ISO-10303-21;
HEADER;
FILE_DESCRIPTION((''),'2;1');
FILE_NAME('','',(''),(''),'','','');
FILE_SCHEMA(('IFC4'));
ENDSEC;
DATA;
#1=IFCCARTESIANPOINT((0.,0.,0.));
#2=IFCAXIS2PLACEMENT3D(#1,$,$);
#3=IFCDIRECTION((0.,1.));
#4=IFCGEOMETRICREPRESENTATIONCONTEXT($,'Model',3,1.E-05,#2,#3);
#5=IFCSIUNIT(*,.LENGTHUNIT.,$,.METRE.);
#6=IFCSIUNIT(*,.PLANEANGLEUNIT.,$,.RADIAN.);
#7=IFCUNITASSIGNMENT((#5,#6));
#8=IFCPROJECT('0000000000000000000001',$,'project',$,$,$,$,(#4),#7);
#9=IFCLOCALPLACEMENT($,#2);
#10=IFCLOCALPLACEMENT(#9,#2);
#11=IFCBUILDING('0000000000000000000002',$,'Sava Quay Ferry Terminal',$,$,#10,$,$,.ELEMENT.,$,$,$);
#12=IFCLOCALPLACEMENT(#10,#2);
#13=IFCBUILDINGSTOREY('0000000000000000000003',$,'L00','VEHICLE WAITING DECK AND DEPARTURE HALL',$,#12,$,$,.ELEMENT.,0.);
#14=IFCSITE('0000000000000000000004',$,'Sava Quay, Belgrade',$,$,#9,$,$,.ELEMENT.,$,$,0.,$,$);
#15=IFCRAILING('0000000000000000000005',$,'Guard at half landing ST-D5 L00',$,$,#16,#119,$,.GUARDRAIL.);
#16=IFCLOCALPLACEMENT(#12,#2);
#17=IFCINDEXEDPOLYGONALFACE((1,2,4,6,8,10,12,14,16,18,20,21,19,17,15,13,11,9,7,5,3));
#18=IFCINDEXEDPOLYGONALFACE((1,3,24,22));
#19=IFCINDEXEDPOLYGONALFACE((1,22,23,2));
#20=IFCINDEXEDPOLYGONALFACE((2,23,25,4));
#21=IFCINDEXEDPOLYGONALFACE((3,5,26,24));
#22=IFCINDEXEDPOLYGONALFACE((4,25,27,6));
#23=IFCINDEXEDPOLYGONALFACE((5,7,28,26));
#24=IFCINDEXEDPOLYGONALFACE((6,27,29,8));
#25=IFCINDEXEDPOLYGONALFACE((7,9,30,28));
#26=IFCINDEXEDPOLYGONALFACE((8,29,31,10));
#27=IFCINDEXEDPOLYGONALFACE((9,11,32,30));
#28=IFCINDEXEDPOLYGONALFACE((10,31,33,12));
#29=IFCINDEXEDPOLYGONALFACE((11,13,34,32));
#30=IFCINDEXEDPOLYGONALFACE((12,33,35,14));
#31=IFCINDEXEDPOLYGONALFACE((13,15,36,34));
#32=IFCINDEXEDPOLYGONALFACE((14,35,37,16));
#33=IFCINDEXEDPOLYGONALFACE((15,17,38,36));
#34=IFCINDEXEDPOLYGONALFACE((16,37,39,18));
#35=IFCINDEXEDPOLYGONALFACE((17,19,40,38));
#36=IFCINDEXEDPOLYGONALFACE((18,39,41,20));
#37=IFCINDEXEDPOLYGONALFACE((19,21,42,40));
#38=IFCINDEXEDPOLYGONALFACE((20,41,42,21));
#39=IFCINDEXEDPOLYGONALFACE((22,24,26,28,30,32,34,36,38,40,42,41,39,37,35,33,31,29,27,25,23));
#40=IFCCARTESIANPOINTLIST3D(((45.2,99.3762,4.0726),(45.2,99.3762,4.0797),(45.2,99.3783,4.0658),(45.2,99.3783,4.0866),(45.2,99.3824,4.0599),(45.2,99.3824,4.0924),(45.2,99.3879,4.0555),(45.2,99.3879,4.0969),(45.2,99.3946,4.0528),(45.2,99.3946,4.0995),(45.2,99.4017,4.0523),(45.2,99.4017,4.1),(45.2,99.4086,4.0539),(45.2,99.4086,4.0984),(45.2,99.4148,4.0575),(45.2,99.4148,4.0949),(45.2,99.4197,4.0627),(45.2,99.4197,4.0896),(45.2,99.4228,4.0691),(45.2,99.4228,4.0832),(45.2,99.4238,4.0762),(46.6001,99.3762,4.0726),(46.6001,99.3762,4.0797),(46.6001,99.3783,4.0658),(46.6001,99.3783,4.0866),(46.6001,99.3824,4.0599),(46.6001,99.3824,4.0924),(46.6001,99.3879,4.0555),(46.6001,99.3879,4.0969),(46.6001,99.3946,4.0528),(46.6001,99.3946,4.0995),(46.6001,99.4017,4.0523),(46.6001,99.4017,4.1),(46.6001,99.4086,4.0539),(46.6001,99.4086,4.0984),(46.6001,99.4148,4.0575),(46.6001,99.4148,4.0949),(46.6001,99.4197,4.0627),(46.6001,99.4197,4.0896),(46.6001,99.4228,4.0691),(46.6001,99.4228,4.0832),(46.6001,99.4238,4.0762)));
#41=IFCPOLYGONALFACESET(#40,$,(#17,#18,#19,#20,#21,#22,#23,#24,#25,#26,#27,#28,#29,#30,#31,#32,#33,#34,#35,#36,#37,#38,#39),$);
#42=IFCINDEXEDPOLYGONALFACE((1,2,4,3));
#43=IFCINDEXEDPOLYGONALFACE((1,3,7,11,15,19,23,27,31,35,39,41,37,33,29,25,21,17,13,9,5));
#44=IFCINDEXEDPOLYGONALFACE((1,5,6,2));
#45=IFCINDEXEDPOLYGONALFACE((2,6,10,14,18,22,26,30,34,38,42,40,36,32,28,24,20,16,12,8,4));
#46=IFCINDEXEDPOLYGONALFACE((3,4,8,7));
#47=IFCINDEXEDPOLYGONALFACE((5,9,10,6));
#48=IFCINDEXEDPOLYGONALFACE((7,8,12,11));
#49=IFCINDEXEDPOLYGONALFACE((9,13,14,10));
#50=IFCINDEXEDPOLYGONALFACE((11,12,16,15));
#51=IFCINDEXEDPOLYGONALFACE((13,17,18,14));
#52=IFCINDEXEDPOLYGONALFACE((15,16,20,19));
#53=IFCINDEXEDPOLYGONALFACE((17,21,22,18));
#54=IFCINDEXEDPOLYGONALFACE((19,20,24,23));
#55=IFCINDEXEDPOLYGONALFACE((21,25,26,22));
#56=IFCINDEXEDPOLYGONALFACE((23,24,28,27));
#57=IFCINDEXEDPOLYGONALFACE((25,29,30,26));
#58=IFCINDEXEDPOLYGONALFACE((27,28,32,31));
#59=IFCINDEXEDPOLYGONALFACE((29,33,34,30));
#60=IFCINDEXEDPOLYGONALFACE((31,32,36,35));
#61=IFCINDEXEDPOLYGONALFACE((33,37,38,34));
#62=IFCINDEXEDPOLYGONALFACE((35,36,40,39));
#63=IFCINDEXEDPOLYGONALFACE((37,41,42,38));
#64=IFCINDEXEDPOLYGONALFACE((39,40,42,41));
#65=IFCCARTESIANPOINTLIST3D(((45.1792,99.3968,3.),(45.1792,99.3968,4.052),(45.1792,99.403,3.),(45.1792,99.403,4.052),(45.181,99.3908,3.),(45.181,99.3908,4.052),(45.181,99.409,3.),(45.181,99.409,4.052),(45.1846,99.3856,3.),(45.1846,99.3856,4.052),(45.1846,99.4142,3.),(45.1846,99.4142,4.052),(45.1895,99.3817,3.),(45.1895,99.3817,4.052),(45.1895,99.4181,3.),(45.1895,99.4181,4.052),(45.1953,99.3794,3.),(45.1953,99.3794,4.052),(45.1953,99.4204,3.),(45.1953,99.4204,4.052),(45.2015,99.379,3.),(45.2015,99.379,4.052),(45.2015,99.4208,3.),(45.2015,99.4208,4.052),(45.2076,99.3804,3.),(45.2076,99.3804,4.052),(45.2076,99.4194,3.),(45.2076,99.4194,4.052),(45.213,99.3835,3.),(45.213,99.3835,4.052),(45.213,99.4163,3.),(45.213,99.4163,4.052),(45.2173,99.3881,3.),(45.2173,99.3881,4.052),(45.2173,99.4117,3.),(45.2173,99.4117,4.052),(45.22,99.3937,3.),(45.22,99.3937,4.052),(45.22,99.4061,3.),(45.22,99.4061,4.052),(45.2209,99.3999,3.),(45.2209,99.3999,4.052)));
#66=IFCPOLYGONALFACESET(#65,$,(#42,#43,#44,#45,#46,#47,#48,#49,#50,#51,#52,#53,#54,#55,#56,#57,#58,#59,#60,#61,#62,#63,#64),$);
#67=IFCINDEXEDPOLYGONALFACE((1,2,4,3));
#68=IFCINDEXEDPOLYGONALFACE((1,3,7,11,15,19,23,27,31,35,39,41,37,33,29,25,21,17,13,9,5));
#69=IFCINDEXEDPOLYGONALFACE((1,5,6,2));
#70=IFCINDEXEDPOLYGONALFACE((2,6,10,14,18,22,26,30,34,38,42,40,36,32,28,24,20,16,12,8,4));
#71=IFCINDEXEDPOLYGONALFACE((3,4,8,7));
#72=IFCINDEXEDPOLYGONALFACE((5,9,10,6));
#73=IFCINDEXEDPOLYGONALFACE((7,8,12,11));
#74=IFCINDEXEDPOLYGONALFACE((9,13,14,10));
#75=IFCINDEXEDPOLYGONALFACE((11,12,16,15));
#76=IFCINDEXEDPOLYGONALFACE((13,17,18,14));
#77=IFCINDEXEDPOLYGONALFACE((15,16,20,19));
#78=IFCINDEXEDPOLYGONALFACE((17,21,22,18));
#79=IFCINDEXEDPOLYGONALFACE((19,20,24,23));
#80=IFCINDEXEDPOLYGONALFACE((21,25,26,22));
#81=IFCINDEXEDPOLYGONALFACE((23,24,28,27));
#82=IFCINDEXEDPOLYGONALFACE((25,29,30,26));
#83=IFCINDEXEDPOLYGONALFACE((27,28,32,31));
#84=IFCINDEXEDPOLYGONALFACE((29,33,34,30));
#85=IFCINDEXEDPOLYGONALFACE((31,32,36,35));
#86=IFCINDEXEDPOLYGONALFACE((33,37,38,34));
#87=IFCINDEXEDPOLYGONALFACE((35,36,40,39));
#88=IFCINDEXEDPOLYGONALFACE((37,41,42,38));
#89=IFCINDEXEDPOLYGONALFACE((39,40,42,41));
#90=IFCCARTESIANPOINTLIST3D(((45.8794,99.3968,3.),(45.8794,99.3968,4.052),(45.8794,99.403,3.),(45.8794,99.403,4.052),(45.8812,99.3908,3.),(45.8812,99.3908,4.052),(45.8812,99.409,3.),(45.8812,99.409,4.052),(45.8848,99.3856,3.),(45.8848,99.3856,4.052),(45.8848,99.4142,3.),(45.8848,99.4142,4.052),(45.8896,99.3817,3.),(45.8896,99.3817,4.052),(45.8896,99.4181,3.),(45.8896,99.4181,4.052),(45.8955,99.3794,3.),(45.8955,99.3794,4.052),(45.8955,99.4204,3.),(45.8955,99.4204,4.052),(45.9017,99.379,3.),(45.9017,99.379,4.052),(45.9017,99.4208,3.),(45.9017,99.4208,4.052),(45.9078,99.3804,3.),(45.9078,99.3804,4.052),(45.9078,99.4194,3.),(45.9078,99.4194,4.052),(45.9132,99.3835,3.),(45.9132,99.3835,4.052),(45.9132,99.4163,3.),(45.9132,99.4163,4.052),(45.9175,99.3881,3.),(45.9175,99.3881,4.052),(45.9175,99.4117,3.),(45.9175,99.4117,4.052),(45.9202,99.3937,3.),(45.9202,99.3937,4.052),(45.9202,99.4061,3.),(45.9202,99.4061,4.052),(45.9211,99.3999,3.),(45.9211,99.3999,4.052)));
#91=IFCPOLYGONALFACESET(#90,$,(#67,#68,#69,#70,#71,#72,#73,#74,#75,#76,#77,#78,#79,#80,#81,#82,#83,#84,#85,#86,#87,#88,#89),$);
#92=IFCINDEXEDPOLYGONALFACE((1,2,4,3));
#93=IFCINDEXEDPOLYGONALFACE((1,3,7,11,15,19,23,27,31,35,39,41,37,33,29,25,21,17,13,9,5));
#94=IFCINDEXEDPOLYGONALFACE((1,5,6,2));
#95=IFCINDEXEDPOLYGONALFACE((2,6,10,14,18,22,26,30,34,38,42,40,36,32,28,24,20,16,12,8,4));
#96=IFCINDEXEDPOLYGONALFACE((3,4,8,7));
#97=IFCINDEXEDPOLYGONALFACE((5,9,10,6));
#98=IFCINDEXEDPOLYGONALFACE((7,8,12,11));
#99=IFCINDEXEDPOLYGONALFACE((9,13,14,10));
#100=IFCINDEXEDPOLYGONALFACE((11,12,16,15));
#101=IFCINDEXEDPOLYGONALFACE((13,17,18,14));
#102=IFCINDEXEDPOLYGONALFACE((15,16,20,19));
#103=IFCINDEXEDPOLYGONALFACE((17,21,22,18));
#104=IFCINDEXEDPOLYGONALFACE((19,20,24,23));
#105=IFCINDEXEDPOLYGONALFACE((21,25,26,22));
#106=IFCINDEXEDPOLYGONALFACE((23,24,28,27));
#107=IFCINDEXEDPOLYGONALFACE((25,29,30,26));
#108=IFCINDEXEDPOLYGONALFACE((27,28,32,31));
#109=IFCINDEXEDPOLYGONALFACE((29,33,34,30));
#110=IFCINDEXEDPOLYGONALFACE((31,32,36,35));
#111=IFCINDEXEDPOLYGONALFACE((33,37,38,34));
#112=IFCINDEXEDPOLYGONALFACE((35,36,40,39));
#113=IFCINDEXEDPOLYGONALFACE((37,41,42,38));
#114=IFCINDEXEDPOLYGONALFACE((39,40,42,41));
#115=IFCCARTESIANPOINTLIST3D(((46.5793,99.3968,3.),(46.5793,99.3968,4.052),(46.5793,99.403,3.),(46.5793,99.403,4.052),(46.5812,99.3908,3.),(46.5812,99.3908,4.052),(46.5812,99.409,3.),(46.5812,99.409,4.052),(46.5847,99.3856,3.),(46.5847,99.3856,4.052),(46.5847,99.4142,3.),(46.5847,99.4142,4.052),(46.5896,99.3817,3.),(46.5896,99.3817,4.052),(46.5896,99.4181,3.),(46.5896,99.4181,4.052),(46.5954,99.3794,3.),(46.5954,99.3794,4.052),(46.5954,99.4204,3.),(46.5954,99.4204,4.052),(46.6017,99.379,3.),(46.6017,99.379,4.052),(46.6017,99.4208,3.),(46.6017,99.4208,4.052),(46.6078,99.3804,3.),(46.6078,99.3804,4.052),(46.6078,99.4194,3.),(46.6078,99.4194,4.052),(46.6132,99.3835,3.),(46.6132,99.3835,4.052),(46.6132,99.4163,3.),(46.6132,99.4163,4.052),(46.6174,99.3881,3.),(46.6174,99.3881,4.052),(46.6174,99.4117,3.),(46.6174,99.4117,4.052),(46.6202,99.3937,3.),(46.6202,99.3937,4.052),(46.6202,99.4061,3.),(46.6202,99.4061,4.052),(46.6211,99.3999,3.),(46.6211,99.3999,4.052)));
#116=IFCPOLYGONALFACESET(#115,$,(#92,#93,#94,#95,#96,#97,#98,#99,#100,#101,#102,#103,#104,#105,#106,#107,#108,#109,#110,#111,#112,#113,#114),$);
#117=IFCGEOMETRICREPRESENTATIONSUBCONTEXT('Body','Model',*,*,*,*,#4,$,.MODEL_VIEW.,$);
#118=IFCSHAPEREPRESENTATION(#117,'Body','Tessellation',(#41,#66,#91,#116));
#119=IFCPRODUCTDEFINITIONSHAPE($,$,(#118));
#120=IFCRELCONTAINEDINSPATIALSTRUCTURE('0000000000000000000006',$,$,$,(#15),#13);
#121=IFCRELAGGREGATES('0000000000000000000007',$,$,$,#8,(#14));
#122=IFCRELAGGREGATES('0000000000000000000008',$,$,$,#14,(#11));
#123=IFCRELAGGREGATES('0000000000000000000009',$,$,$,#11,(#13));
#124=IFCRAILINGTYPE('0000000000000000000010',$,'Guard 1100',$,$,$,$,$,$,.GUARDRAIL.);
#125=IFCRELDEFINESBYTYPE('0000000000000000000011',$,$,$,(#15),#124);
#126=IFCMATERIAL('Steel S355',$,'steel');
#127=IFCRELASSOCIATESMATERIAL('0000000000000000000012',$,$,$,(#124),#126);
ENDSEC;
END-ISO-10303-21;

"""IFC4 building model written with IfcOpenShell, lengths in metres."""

from ifc_helpers import new_model, si_unit, direction, frame, origin, origin_2d, place, context, subcontext, project, spatial, circle, extrude, material, type_object, element, save


model = new_model("IFC4")

# Units and contexts
model_context = context("Model", 3, precision=1e-05, world=origin(), true_north=direction((0.0, 1.0)))
body_context = subcontext(model_context, "Body", "Model", "MODEL_VIEW")
ifc_project = project(units=[si_unit("LENGTHUNIT", "METRE"), si_unit("PLANEANGLEUNIT", "RADIAN")], contexts=[model_context])

# Site, building, storey
site_placement = place(None, origin())
site = spatial("IfcSite", under=ifc_project, at=site_placement, Name="Sava Quay, Belgrade", CompositionType="ELEMENT", RefElevation=0.0)
building_placement = place(site_placement, origin())
building = spatial("IfcBuilding", under=site, at=building_placement, Name="Sava Quay Ferry Terminal", CompositionType="ELEMENT")
storey_placement = place(building_placement, origin())
storey = spatial("IfcBuildingStorey", under=building, at=storey_placement, Name="L00", Description="VEHICLE WAITING DECK AND DEPARTURE HALL", CompositionType="ELEMENT", Elevation=0.0)

# Railing
ifc_material_1 = material(Name="Steel S355", Category="steel")
railing_type_1 = type_object("IfcRailingType", Name="Guard 1100", PredefinedType="GUARDRAIL", material=ifc_material_1)
railing_1_placement = place(storey_placement, frame((45.2, 99.3999, 3.0)))
element("IfcRailing", 1, at=railing_1_placement, inside=storey, type_object=railing_type_1, Name="Guard at half landing ST-D5 L00", PredefinedType="GUARDRAIL", context=body_context, shape_type="SweptSolid", body=[
    extrude(circle(Radius=0.0239, at=origin_2d()), frame((0.0, 0.0, 1.0762), z_axis=(1.0, 0.0, 0.0), x_axis=(0.0, 1.0, 0.0)), (0.0, 0.0, 1.0), 1.4001),
    extrude(circle(Radius=0.021, at=origin_2d()), origin(), (0.0, 0.0, 1.0), 1.052),
    extrude(circle(Radius=0.021, at=origin_2d()), frame((0.7002, 0.0, 0.0)), (0.0, 0.0, 1.0), 1.052),
    extrude(circle(Radius=0.021, at=origin_2d()), frame((1.4001, 0.0, 0.0)), (0.0, 0.0, 1.0), 1.052),
])

save(model, "model.ifc")
